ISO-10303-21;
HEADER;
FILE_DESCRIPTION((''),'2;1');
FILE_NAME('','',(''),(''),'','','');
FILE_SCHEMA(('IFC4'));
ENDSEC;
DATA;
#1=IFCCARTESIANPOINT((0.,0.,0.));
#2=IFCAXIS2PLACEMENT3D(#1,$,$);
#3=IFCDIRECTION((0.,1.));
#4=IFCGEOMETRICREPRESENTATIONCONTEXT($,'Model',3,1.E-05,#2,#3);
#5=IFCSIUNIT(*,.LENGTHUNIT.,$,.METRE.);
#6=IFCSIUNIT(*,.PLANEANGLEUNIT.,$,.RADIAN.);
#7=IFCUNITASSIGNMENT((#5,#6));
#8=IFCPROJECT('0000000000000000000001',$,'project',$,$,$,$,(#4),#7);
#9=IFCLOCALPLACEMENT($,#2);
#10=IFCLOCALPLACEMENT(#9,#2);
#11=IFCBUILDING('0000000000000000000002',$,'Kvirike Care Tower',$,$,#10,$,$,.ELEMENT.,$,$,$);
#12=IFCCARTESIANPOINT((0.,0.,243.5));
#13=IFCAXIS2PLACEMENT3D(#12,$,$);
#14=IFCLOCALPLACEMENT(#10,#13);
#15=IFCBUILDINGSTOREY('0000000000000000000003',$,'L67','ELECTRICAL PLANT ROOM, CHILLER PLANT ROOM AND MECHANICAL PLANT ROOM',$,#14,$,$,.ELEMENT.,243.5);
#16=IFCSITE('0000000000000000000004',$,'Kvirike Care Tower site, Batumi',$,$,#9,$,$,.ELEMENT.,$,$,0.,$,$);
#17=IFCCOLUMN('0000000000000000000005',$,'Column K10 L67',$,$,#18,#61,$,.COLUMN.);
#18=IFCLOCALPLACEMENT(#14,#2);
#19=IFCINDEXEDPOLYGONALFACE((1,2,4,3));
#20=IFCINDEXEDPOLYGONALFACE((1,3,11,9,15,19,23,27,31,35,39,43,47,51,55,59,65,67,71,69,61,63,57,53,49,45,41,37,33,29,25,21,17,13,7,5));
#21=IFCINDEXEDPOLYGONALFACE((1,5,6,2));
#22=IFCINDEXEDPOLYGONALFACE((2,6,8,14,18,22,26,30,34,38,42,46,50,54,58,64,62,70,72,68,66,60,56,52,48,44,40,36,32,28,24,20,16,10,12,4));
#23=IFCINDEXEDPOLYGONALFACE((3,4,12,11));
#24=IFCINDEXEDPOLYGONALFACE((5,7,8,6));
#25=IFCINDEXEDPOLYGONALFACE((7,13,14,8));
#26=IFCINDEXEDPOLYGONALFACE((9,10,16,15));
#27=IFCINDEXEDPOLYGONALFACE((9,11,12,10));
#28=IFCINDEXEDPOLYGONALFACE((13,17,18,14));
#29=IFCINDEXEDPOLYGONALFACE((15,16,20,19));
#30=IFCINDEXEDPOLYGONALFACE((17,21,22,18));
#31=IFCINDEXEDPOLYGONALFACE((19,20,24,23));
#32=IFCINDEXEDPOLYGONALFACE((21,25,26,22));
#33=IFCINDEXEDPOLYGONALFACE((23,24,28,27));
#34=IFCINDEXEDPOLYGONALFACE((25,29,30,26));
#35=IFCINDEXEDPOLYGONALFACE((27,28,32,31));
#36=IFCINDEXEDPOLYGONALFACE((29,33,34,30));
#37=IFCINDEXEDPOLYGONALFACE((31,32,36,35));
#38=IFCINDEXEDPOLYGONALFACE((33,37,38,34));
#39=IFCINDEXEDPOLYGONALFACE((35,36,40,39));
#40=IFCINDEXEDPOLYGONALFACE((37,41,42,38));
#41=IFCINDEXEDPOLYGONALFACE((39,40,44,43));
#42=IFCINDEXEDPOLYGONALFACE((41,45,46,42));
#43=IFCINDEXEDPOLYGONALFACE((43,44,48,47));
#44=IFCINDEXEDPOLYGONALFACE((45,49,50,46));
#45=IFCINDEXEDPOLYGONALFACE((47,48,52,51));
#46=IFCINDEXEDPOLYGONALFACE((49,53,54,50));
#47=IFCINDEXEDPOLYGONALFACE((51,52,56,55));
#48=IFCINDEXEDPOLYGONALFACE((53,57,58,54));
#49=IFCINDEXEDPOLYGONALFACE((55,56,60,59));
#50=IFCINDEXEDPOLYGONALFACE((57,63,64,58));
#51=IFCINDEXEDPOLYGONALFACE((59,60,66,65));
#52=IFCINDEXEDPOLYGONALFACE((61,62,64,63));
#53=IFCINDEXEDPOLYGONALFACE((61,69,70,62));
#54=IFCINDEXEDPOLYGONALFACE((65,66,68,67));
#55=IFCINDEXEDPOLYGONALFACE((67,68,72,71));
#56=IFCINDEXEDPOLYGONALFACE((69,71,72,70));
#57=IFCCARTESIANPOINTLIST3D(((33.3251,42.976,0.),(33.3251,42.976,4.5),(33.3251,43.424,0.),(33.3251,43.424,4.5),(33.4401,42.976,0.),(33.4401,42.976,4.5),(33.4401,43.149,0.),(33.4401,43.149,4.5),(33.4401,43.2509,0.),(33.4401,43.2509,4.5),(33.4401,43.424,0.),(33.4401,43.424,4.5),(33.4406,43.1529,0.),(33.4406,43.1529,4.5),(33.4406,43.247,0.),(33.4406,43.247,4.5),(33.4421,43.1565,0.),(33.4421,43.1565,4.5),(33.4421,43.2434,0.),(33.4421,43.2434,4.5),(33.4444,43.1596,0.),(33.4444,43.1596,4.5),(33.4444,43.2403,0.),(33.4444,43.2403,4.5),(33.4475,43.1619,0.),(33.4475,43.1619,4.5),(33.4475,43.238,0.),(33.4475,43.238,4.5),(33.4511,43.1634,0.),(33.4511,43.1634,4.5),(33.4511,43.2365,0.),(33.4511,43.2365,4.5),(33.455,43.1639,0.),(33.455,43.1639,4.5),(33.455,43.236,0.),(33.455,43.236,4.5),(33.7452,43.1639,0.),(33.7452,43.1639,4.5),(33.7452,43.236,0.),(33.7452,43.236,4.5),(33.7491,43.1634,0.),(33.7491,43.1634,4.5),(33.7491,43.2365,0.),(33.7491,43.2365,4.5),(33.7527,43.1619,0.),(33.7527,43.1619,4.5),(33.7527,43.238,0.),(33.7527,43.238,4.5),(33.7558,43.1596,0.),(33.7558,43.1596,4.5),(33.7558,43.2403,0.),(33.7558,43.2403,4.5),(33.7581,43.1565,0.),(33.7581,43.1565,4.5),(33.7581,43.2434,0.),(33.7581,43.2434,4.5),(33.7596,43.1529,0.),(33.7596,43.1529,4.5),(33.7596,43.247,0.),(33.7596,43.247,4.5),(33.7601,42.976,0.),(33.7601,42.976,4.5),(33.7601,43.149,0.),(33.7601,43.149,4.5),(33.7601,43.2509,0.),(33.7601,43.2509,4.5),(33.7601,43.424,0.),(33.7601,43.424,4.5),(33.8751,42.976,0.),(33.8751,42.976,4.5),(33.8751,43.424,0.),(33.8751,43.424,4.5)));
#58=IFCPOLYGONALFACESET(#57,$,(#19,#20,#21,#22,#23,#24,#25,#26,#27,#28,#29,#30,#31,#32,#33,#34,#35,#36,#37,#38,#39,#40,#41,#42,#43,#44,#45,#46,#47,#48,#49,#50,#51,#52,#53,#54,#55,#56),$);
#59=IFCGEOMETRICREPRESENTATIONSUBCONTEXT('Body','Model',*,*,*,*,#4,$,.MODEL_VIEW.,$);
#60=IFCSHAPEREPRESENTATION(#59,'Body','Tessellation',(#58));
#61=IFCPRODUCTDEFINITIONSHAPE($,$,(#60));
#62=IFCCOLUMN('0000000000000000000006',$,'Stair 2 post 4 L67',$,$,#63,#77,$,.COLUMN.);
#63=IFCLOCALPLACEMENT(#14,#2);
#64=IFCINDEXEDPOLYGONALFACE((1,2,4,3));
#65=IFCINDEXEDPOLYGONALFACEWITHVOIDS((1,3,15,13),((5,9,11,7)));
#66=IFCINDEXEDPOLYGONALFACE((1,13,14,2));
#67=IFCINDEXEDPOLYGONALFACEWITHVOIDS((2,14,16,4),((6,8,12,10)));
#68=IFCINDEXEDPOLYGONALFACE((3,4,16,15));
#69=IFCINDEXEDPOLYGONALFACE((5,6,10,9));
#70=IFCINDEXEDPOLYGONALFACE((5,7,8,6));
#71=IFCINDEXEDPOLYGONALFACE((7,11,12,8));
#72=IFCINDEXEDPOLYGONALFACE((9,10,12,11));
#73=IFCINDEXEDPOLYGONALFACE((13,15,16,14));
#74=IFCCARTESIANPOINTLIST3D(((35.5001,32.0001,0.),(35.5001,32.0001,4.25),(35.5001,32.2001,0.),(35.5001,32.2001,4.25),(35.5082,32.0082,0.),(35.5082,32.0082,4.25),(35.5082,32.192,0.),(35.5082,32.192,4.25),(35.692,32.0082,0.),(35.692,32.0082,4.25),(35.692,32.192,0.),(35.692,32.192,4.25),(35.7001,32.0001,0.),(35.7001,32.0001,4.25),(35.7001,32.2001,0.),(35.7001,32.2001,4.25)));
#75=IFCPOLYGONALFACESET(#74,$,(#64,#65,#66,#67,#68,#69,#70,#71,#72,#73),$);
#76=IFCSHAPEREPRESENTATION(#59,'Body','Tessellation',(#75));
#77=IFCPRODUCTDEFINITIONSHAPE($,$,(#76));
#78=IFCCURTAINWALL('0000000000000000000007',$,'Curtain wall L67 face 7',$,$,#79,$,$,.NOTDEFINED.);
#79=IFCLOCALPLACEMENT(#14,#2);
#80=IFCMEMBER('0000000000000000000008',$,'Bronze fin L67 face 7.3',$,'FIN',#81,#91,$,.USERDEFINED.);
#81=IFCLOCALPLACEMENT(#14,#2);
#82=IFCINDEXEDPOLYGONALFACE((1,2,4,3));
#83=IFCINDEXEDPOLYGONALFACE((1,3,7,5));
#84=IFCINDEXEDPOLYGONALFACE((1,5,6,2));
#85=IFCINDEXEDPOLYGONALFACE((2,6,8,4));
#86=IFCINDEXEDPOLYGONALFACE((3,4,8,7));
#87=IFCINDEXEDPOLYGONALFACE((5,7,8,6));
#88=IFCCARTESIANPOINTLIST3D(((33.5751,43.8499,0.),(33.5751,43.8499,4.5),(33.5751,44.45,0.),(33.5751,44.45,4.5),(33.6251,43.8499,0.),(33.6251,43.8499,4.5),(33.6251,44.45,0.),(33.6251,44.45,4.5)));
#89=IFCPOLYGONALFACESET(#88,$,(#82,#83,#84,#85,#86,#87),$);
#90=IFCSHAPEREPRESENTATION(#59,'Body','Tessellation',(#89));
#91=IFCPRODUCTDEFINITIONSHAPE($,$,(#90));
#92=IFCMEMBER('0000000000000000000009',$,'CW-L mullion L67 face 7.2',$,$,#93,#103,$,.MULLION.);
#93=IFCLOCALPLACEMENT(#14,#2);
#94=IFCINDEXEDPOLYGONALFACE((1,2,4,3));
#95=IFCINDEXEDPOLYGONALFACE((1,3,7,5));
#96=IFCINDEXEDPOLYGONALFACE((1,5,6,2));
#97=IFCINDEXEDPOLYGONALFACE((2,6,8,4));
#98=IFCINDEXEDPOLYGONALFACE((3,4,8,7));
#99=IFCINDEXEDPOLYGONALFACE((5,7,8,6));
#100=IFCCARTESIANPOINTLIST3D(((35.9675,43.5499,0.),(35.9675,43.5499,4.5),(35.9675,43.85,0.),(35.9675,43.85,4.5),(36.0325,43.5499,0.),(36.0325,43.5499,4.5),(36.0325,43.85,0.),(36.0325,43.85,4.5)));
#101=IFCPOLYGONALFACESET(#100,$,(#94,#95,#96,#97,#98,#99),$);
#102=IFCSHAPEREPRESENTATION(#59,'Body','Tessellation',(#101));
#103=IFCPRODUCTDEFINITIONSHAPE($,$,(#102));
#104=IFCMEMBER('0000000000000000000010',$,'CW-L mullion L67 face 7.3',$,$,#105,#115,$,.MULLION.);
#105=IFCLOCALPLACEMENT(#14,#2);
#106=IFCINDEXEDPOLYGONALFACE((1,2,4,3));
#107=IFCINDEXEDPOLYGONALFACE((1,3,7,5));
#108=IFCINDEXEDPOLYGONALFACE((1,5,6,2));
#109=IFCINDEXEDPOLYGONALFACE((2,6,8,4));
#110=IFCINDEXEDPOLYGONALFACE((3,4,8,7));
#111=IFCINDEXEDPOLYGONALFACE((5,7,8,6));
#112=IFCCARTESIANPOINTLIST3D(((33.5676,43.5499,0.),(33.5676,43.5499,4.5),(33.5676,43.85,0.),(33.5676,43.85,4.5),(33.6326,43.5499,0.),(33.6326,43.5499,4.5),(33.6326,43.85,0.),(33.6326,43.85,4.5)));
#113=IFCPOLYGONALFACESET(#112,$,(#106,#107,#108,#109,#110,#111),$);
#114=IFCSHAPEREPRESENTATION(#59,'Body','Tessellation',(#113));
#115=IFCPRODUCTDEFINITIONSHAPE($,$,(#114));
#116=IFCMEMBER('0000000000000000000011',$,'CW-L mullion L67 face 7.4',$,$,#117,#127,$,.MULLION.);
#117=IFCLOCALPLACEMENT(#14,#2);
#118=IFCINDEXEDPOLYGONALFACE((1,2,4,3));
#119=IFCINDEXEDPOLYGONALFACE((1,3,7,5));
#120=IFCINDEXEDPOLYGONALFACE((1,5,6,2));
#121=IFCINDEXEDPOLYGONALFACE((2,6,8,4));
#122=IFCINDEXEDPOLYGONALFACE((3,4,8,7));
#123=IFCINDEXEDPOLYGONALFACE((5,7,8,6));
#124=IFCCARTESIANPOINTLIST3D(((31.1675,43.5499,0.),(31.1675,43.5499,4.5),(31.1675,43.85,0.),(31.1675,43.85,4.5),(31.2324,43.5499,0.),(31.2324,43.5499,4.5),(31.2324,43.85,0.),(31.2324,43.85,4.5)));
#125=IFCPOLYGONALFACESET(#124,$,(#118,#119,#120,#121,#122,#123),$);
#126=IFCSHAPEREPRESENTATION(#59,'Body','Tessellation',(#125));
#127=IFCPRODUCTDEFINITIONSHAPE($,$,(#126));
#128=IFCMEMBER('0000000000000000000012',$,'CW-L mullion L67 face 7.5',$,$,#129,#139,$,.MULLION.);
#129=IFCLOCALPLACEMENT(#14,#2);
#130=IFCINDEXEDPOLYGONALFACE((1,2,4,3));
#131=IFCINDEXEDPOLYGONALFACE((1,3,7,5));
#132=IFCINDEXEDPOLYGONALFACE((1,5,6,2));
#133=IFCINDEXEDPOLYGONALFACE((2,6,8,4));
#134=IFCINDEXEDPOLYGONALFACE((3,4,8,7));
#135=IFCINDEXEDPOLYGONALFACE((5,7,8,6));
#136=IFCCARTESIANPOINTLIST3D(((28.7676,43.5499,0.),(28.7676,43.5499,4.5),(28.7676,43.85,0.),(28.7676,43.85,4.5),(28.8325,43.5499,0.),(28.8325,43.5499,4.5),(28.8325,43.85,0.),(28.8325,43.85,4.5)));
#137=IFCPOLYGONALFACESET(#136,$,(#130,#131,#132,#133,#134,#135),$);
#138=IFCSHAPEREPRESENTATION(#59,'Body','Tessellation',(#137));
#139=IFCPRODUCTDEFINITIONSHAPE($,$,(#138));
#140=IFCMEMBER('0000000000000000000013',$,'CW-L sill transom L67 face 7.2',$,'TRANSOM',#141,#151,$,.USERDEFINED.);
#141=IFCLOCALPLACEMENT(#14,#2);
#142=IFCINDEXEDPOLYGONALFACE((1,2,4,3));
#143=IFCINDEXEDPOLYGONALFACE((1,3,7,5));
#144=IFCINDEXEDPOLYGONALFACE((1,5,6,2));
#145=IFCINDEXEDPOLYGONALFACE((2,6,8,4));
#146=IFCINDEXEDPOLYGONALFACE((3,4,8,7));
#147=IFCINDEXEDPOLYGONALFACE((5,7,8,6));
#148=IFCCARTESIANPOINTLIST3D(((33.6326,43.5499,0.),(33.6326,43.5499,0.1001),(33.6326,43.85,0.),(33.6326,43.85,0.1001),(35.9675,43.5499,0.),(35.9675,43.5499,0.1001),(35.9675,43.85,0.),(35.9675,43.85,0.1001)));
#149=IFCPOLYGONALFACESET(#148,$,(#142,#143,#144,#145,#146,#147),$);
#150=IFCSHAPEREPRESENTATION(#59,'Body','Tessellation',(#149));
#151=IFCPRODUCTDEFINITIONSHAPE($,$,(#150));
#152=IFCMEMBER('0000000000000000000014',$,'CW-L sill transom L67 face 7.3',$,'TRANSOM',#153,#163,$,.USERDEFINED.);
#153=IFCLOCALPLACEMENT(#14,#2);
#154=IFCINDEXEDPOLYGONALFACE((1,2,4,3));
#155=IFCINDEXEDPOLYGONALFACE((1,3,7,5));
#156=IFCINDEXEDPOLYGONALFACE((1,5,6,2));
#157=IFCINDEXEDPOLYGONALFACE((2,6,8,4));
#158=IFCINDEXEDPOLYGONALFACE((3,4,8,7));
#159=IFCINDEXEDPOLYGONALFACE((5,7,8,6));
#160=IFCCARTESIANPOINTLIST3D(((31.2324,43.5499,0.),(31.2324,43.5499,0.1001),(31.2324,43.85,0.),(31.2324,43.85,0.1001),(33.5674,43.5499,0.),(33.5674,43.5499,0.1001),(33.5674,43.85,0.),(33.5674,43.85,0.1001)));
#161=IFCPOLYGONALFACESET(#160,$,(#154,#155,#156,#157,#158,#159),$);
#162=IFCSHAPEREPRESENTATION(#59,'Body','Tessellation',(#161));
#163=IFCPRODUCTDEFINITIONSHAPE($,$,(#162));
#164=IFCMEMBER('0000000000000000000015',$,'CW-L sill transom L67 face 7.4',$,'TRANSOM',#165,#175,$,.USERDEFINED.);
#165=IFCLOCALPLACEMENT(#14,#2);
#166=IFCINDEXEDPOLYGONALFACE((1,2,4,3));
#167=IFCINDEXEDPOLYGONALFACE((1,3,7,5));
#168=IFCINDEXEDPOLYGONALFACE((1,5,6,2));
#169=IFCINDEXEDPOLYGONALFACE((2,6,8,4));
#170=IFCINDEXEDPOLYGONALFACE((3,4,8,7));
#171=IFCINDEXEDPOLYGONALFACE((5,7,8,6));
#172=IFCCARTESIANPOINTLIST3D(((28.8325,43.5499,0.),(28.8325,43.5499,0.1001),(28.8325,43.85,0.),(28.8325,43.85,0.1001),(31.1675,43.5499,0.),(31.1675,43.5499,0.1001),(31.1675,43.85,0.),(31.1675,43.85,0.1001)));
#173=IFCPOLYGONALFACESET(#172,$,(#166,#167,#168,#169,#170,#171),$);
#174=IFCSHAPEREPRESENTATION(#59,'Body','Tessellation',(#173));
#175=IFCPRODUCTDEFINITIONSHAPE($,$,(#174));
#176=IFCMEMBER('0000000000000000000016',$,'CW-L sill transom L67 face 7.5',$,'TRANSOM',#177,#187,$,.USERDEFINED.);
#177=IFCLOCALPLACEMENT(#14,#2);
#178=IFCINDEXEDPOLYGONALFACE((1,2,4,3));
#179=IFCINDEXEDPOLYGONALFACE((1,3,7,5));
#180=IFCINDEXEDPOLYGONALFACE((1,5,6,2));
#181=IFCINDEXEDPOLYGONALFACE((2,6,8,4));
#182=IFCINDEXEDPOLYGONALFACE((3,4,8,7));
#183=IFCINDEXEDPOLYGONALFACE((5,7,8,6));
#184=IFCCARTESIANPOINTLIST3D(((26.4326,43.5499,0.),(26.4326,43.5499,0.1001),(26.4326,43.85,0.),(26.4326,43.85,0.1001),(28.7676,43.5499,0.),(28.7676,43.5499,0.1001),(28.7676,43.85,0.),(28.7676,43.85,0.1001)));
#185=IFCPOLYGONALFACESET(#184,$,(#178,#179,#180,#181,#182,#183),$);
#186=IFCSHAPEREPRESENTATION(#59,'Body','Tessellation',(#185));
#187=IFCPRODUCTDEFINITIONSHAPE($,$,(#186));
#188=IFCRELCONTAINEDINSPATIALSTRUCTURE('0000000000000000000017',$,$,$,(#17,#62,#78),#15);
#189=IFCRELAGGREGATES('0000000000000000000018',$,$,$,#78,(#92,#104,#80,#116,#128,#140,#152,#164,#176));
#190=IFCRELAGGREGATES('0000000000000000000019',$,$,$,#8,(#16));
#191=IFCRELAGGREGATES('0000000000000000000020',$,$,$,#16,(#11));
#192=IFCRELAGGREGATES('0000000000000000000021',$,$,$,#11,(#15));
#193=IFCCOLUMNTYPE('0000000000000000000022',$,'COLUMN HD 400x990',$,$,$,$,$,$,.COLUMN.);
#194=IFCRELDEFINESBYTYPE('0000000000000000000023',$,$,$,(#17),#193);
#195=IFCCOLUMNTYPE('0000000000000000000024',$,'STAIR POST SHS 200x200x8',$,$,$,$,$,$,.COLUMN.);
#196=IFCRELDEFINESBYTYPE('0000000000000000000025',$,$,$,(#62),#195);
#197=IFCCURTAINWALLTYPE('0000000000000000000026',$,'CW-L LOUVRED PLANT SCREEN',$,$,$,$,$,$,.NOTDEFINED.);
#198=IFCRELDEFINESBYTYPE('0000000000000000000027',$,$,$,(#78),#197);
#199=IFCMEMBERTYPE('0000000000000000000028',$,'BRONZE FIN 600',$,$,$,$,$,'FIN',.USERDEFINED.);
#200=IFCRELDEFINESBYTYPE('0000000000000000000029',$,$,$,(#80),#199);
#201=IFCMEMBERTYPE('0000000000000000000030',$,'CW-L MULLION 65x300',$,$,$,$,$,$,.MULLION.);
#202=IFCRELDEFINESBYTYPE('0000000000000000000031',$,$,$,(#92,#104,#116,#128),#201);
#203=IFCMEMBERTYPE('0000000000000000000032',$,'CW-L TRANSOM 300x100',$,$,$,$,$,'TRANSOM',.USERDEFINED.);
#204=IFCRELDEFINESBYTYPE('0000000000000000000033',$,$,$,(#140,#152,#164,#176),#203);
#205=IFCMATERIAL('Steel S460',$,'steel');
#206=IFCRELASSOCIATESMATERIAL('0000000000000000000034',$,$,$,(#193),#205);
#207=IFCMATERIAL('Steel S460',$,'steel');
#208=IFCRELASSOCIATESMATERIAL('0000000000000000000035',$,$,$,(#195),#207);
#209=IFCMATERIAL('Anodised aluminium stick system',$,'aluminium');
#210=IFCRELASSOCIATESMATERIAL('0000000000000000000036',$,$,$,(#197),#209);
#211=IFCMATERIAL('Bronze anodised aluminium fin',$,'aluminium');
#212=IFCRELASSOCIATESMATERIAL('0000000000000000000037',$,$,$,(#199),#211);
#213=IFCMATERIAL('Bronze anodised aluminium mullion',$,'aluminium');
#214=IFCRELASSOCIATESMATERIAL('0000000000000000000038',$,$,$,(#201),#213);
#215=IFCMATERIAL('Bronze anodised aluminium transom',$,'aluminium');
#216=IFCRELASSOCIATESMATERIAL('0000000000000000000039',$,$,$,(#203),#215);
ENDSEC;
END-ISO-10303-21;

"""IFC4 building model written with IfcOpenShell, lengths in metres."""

from ifc_helpers import new_model, si_unit, direction, frame, origin, origin_2d, place, context, subcontext, project, spatial, rectangle, hollow_rectangle, i_section, extrude, material, material_profile, profile_set, type_object, element, aggregate, save


model = new_model("IFC4")

# Units and contexts
model_context = context("Model", 3, precision=1e-05, world=origin(), true_north=direction((0.0, 1.0)))
body_context = subcontext(model_context, "Body", "Model", "MODEL_VIEW")
ifc_project = project(units=[si_unit("LENGTHUNIT", "METRE"), si_unit("PLANEANGLEUNIT", "RADIAN")], contexts=[model_context])

# Site, building, storey
site_placement = place(None, origin())
site = spatial("IfcSite", under=ifc_project, at=site_placement, Name="Kvirike Care Tower site, Batumi", CompositionType="ELEMENT", RefElevation=0.0)
building_placement = place(site_placement, origin())
building = spatial("IfcBuilding", under=site, at=building_placement, Name="Kvirike Care Tower", CompositionType="ELEMENT")
storey_placement = place(building_placement, frame((0.0, 0.0, 243.5)))
storey = spatial("IfcBuildingStorey", under=building, at=storey_placement, Name="L67", Description="ELECTRICAL PLANT ROOM, CHILLER PLANT ROOM AND MECHANICAL PLANT ROOM", CompositionType="ELEMENT", Elevation=243.5)

# Columns
ifc_material_1 = material(Name="Steel S460", Category="steel")
ifc_material_profile_1 = material_profile(ifc_material_1, i_section(OverallWidth=0.448, OverallDepth=0.55, WebThickness=0.072, FlangeThickness=0.115, FilletRadius=0.0149, at=origin_2d()), Name="HD 400x990")
ifc_profile_set_1 = profile_set([ifc_material_profile_1], Name="Steel S460")
column_type_1 = type_object("IfcColumnType", Name="COLUMN HD 400x990", PredefinedType="COLUMN", material=ifc_profile_set_1)
column_1_placement = place(storey_placement, frame((33.6001, 43.2, 0.0), z_axis=(0.0, 0.0, 1.0), x_axis=(0.0, 1.0, 0.0)))
element("IfcColumn", 1, at=column_1_placement, inside=storey, type_object=column_type_1, Name="Column K10 L67", PredefinedType="COLUMN", context=body_context, shape_type="SweptSolid", body=[
    extrude(i_section(OverallWidth=0.448, OverallDepth=0.55, WebThickness=0.072, FlangeThickness=0.115, FilletRadius=0.0149, at=origin_2d()), origin(), (0.0, 0.0, 1.0), 4.5),
])
ifc_material_2 = material(Name="Steel S460", Category="steel")
ifc_material_profile_2 = material_profile(ifc_material_2, hollow_rectangle(XDim=0.2, YDim=0.2, WallThickness=0.0081, at=origin_2d()), Name="SHS 200x200x8")
ifc_profile_set_2 = profile_set([ifc_material_profile_2], Name="Steel S460")
column_type_2 = type_object("IfcColumnType", Name="STAIR POST SHS 200x200x8", PredefinedType="COLUMN", material=ifc_profile_set_2)
column_2_placement = place(storey_placement, frame((35.6001, 32.1001, 0.0), z_axis=(0.0, 0.0, 1.0), x_axis=(1.0, 0.0, 0.0)))
element("IfcColumn", 2, at=column_2_placement, inside=storey, type_object=column_type_2, Name="Stair 2 post 4 L67", PredefinedType="COLUMN", context=body_context, shape_type="SweptSolid", body=[
    extrude(hollow_rectangle(XDim=0.2, YDim=0.2, WallThickness=0.0081, at=origin_2d()), origin(), (0.0, 0.0, 1.0), 4.25),
])

# Curtain wall, members
ifc_material_3 = material(Name="Anodised aluminium stick system", Category="aluminium")
curtain_wall_type = type_object("IfcCurtainWallType", Name="CW-L LOUVRED PLANT SCREEN", PredefinedType="NOTDEFINED", material=ifc_material_3)
curtain_wall_placement = place(storey_placement, origin())
curtain_wall = element("IfcCurtainWall", 3, at=curtain_wall_placement, inside=storey, type_object=curtain_wall_type, Name="Curtain wall L67 face 7", PredefinedType="NOTDEFINED")
ifc_material_4 = material(Name="Bronze anodised aluminium fin", Category="aluminium")
ifc_material_profile_3 = material_profile(ifc_material_4, rectangle(XDim=0.05, YDim=0.6001, at=origin_2d()), Name="BRONZE FIN 600")
ifc_profile_set_3 = profile_set([ifc_material_profile_3], Name="Bronze anodised aluminium fin")
member_type_1 = type_object("IfcMemberType", Name="BRONZE FIN 600", ElementType="FIN", PredefinedType="USERDEFINED", material=ifc_profile_set_3)
member_1_placement = place(storey_placement, frame((33.6001, 44.1499, 0.0), z_axis=(0.0, 0.0, 1.0), x_axis=(-1.0, 0.0, 0.0)))
member_1 = element("IfcMember", 4, at=member_1_placement, type_object=member_type_1, Name="Bronze fin L67 face 7.3", ObjectType="FIN", PredefinedType="USERDEFINED", context=body_context, shape_type="SweptSolid", body=[
    extrude(rectangle(XDim=0.05, YDim=0.6001, at=origin_2d()), origin(), (0.0, 0.0, 1.0), 4.5),
])
ifc_material_5 = material(Name="Bronze anodised aluminium mullion", Category="aluminium")
ifc_material_profile_4 = material_profile(ifc_material_5, rectangle(XDim=0.0649, YDim=0.3, at=origin_2d()), Name="CW-L MULLION 65x300")
ifc_profile_set_4 = profile_set([ifc_material_profile_4], Name="Bronze anodised aluminium mullion")
member_type_2 = type_object("IfcMemberType", Name="CW-L MULLION 65x300", PredefinedType="MULLION", material=ifc_profile_set_4)
member_2_placement = place(storey_placement, frame((36.0, 43.7, 0.0), z_axis=(0.0, 0.0, 1.0), x_axis=(-1.0, 0.0, 0.0)))
member_2 = element("IfcMember", 5, at=member_2_placement, type_object=member_type_2, Name="CW-L mullion L67 face 7.2", PredefinedType="MULLION", context=body_context, shape_type="SweptSolid", body=[
    extrude(rectangle(XDim=0.0649, YDim=0.3, at=origin_2d()), origin(), (0.0, 0.0, 1.0), 4.5),
])
member_3_placement = place(storey_placement, frame((33.6001, 43.7, 0.0), z_axis=(0.0, 0.0, 1.0), x_axis=(-1.0, 0.0, 0.0)))
member_3 = element("IfcMember", 6, at=member_3_placement, type_object=member_type_2, Name="CW-L mullion L67 face 7.3", PredefinedType="MULLION", context=body_context, shape_type="SweptSolid", body=[
    extrude(rectangle(XDim=0.0649, YDim=0.3, at=origin_2d()), origin(), (0.0, 0.0, 1.0), 4.5),
])
member_4_placement = place(storey_placement, frame((31.2, 43.7, 0.0), z_axis=(0.0, 0.0, 1.0), x_axis=(-1.0, 0.0, 0.0)))
member_4 = element("IfcMember", 7, at=member_4_placement, type_object=member_type_2, Name="CW-L mullion L67 face 7.4", PredefinedType="MULLION", context=body_context, shape_type="SweptSolid", body=[
    extrude(rectangle(XDim=0.0649, YDim=0.3, at=origin_2d()), origin(), (0.0, 0.0, 1.0), 4.5),
])
member_5_placement = place(storey_placement, frame((28.8, 43.7, 0.0), z_axis=(0.0, 0.0, 1.0), x_axis=(-1.0, 0.0, 0.0)))
member_5 = element("IfcMember", 8, at=member_5_placement, type_object=member_type_2, Name="CW-L mullion L67 face 7.5", PredefinedType="MULLION", context=body_context, shape_type="SweptSolid", body=[
    extrude(rectangle(XDim=0.0649, YDim=0.3, at=origin_2d()), origin(), (0.0, 0.0, 1.0), 4.5),
])
ifc_material_6 = material(Name="Bronze anodised aluminium transom", Category="aluminium")
ifc_material_profile_5 = material_profile(ifc_material_6, rectangle(XDim=0.3, YDim=0.1001, at=origin_2d()), Name="CW-L TRANSOM 300x100")
ifc_profile_set_5 = profile_set([ifc_material_profile_5], Name="Bronze anodised aluminium transom")
member_type_3 = type_object("IfcMemberType", Name="CW-L TRANSOM 300x100", ElementType="TRANSOM", PredefinedType="USERDEFINED", material=ifc_profile_set_5)
member_6_placement = place(storey_placement, frame((35.9675, 43.7, 0.05), z_axis=(-1.0, 0.0, 0.0), x_axis=(0.0, -1.0, 0.0)))
member_6 = element("IfcMember", 9, at=member_6_placement, type_object=member_type_3, Name="CW-L sill transom L67 face 7.2", ObjectType="TRANSOM", PredefinedType="USERDEFINED", context=body_context, shape_type="SweptSolid", body=[
    extrude(rectangle(XDim=0.3, YDim=0.1001, at=origin_2d()), origin(), (0.0, 0.0, 1.0), 2.335),
])
member_7_placement = place(storey_placement, frame((33.5674, 43.7, 0.05), z_axis=(-1.0, 0.0, 0.0), x_axis=(0.0, -1.0, 0.0)))
member_7 = element("IfcMember", 10, at=member_7_placement, type_object=member_type_3, Name="CW-L sill transom L67 face 7.3", ObjectType="TRANSOM", PredefinedType="USERDEFINED", context=body_context, shape_type="SweptSolid", body=[
    extrude(rectangle(XDim=0.3, YDim=0.1001, at=origin_2d()), origin(), (0.0, 0.0, 1.0), 2.335),
])
member_8_placement = place(storey_placement, frame((31.1675, 43.7, 0.05), z_axis=(-1.0, 0.0, 0.0), x_axis=(0.0, -1.0, 0.0)))
member_8 = element("IfcMember", 11, at=member_8_placement, type_object=member_type_3, Name="CW-L sill transom L67 face 7.4", ObjectType="TRANSOM", PredefinedType="USERDEFINED", context=body_context, shape_type="SweptSolid", body=[
    extrude(rectangle(XDim=0.3, YDim=0.1001, at=origin_2d()), origin(), (0.0, 0.0, 1.0), 2.335),
])
member_9_placement = place(storey_placement, frame((28.7676, 43.7, 0.05), z_axis=(-1.0, 0.0, 0.0), x_axis=(0.0, -1.0, 0.0)))
member_9 = element("IfcMember", 12, at=member_9_placement, type_object=member_type_3, Name="CW-L sill transom L67 face 7.5", ObjectType="TRANSOM", PredefinedType="USERDEFINED", context=body_context, shape_type="SweptSolid", body=[
    extrude(rectangle(XDim=0.3, YDim=0.1001, at=origin_2d()), origin(), (0.0, 0.0, 1.0), 2.335),
])

aggregate(curtain_wall, [member_2, member_3, member_1, member_4, member_5, member_6, member_7, member_8, member_9])

save(model, "model.ifc")
